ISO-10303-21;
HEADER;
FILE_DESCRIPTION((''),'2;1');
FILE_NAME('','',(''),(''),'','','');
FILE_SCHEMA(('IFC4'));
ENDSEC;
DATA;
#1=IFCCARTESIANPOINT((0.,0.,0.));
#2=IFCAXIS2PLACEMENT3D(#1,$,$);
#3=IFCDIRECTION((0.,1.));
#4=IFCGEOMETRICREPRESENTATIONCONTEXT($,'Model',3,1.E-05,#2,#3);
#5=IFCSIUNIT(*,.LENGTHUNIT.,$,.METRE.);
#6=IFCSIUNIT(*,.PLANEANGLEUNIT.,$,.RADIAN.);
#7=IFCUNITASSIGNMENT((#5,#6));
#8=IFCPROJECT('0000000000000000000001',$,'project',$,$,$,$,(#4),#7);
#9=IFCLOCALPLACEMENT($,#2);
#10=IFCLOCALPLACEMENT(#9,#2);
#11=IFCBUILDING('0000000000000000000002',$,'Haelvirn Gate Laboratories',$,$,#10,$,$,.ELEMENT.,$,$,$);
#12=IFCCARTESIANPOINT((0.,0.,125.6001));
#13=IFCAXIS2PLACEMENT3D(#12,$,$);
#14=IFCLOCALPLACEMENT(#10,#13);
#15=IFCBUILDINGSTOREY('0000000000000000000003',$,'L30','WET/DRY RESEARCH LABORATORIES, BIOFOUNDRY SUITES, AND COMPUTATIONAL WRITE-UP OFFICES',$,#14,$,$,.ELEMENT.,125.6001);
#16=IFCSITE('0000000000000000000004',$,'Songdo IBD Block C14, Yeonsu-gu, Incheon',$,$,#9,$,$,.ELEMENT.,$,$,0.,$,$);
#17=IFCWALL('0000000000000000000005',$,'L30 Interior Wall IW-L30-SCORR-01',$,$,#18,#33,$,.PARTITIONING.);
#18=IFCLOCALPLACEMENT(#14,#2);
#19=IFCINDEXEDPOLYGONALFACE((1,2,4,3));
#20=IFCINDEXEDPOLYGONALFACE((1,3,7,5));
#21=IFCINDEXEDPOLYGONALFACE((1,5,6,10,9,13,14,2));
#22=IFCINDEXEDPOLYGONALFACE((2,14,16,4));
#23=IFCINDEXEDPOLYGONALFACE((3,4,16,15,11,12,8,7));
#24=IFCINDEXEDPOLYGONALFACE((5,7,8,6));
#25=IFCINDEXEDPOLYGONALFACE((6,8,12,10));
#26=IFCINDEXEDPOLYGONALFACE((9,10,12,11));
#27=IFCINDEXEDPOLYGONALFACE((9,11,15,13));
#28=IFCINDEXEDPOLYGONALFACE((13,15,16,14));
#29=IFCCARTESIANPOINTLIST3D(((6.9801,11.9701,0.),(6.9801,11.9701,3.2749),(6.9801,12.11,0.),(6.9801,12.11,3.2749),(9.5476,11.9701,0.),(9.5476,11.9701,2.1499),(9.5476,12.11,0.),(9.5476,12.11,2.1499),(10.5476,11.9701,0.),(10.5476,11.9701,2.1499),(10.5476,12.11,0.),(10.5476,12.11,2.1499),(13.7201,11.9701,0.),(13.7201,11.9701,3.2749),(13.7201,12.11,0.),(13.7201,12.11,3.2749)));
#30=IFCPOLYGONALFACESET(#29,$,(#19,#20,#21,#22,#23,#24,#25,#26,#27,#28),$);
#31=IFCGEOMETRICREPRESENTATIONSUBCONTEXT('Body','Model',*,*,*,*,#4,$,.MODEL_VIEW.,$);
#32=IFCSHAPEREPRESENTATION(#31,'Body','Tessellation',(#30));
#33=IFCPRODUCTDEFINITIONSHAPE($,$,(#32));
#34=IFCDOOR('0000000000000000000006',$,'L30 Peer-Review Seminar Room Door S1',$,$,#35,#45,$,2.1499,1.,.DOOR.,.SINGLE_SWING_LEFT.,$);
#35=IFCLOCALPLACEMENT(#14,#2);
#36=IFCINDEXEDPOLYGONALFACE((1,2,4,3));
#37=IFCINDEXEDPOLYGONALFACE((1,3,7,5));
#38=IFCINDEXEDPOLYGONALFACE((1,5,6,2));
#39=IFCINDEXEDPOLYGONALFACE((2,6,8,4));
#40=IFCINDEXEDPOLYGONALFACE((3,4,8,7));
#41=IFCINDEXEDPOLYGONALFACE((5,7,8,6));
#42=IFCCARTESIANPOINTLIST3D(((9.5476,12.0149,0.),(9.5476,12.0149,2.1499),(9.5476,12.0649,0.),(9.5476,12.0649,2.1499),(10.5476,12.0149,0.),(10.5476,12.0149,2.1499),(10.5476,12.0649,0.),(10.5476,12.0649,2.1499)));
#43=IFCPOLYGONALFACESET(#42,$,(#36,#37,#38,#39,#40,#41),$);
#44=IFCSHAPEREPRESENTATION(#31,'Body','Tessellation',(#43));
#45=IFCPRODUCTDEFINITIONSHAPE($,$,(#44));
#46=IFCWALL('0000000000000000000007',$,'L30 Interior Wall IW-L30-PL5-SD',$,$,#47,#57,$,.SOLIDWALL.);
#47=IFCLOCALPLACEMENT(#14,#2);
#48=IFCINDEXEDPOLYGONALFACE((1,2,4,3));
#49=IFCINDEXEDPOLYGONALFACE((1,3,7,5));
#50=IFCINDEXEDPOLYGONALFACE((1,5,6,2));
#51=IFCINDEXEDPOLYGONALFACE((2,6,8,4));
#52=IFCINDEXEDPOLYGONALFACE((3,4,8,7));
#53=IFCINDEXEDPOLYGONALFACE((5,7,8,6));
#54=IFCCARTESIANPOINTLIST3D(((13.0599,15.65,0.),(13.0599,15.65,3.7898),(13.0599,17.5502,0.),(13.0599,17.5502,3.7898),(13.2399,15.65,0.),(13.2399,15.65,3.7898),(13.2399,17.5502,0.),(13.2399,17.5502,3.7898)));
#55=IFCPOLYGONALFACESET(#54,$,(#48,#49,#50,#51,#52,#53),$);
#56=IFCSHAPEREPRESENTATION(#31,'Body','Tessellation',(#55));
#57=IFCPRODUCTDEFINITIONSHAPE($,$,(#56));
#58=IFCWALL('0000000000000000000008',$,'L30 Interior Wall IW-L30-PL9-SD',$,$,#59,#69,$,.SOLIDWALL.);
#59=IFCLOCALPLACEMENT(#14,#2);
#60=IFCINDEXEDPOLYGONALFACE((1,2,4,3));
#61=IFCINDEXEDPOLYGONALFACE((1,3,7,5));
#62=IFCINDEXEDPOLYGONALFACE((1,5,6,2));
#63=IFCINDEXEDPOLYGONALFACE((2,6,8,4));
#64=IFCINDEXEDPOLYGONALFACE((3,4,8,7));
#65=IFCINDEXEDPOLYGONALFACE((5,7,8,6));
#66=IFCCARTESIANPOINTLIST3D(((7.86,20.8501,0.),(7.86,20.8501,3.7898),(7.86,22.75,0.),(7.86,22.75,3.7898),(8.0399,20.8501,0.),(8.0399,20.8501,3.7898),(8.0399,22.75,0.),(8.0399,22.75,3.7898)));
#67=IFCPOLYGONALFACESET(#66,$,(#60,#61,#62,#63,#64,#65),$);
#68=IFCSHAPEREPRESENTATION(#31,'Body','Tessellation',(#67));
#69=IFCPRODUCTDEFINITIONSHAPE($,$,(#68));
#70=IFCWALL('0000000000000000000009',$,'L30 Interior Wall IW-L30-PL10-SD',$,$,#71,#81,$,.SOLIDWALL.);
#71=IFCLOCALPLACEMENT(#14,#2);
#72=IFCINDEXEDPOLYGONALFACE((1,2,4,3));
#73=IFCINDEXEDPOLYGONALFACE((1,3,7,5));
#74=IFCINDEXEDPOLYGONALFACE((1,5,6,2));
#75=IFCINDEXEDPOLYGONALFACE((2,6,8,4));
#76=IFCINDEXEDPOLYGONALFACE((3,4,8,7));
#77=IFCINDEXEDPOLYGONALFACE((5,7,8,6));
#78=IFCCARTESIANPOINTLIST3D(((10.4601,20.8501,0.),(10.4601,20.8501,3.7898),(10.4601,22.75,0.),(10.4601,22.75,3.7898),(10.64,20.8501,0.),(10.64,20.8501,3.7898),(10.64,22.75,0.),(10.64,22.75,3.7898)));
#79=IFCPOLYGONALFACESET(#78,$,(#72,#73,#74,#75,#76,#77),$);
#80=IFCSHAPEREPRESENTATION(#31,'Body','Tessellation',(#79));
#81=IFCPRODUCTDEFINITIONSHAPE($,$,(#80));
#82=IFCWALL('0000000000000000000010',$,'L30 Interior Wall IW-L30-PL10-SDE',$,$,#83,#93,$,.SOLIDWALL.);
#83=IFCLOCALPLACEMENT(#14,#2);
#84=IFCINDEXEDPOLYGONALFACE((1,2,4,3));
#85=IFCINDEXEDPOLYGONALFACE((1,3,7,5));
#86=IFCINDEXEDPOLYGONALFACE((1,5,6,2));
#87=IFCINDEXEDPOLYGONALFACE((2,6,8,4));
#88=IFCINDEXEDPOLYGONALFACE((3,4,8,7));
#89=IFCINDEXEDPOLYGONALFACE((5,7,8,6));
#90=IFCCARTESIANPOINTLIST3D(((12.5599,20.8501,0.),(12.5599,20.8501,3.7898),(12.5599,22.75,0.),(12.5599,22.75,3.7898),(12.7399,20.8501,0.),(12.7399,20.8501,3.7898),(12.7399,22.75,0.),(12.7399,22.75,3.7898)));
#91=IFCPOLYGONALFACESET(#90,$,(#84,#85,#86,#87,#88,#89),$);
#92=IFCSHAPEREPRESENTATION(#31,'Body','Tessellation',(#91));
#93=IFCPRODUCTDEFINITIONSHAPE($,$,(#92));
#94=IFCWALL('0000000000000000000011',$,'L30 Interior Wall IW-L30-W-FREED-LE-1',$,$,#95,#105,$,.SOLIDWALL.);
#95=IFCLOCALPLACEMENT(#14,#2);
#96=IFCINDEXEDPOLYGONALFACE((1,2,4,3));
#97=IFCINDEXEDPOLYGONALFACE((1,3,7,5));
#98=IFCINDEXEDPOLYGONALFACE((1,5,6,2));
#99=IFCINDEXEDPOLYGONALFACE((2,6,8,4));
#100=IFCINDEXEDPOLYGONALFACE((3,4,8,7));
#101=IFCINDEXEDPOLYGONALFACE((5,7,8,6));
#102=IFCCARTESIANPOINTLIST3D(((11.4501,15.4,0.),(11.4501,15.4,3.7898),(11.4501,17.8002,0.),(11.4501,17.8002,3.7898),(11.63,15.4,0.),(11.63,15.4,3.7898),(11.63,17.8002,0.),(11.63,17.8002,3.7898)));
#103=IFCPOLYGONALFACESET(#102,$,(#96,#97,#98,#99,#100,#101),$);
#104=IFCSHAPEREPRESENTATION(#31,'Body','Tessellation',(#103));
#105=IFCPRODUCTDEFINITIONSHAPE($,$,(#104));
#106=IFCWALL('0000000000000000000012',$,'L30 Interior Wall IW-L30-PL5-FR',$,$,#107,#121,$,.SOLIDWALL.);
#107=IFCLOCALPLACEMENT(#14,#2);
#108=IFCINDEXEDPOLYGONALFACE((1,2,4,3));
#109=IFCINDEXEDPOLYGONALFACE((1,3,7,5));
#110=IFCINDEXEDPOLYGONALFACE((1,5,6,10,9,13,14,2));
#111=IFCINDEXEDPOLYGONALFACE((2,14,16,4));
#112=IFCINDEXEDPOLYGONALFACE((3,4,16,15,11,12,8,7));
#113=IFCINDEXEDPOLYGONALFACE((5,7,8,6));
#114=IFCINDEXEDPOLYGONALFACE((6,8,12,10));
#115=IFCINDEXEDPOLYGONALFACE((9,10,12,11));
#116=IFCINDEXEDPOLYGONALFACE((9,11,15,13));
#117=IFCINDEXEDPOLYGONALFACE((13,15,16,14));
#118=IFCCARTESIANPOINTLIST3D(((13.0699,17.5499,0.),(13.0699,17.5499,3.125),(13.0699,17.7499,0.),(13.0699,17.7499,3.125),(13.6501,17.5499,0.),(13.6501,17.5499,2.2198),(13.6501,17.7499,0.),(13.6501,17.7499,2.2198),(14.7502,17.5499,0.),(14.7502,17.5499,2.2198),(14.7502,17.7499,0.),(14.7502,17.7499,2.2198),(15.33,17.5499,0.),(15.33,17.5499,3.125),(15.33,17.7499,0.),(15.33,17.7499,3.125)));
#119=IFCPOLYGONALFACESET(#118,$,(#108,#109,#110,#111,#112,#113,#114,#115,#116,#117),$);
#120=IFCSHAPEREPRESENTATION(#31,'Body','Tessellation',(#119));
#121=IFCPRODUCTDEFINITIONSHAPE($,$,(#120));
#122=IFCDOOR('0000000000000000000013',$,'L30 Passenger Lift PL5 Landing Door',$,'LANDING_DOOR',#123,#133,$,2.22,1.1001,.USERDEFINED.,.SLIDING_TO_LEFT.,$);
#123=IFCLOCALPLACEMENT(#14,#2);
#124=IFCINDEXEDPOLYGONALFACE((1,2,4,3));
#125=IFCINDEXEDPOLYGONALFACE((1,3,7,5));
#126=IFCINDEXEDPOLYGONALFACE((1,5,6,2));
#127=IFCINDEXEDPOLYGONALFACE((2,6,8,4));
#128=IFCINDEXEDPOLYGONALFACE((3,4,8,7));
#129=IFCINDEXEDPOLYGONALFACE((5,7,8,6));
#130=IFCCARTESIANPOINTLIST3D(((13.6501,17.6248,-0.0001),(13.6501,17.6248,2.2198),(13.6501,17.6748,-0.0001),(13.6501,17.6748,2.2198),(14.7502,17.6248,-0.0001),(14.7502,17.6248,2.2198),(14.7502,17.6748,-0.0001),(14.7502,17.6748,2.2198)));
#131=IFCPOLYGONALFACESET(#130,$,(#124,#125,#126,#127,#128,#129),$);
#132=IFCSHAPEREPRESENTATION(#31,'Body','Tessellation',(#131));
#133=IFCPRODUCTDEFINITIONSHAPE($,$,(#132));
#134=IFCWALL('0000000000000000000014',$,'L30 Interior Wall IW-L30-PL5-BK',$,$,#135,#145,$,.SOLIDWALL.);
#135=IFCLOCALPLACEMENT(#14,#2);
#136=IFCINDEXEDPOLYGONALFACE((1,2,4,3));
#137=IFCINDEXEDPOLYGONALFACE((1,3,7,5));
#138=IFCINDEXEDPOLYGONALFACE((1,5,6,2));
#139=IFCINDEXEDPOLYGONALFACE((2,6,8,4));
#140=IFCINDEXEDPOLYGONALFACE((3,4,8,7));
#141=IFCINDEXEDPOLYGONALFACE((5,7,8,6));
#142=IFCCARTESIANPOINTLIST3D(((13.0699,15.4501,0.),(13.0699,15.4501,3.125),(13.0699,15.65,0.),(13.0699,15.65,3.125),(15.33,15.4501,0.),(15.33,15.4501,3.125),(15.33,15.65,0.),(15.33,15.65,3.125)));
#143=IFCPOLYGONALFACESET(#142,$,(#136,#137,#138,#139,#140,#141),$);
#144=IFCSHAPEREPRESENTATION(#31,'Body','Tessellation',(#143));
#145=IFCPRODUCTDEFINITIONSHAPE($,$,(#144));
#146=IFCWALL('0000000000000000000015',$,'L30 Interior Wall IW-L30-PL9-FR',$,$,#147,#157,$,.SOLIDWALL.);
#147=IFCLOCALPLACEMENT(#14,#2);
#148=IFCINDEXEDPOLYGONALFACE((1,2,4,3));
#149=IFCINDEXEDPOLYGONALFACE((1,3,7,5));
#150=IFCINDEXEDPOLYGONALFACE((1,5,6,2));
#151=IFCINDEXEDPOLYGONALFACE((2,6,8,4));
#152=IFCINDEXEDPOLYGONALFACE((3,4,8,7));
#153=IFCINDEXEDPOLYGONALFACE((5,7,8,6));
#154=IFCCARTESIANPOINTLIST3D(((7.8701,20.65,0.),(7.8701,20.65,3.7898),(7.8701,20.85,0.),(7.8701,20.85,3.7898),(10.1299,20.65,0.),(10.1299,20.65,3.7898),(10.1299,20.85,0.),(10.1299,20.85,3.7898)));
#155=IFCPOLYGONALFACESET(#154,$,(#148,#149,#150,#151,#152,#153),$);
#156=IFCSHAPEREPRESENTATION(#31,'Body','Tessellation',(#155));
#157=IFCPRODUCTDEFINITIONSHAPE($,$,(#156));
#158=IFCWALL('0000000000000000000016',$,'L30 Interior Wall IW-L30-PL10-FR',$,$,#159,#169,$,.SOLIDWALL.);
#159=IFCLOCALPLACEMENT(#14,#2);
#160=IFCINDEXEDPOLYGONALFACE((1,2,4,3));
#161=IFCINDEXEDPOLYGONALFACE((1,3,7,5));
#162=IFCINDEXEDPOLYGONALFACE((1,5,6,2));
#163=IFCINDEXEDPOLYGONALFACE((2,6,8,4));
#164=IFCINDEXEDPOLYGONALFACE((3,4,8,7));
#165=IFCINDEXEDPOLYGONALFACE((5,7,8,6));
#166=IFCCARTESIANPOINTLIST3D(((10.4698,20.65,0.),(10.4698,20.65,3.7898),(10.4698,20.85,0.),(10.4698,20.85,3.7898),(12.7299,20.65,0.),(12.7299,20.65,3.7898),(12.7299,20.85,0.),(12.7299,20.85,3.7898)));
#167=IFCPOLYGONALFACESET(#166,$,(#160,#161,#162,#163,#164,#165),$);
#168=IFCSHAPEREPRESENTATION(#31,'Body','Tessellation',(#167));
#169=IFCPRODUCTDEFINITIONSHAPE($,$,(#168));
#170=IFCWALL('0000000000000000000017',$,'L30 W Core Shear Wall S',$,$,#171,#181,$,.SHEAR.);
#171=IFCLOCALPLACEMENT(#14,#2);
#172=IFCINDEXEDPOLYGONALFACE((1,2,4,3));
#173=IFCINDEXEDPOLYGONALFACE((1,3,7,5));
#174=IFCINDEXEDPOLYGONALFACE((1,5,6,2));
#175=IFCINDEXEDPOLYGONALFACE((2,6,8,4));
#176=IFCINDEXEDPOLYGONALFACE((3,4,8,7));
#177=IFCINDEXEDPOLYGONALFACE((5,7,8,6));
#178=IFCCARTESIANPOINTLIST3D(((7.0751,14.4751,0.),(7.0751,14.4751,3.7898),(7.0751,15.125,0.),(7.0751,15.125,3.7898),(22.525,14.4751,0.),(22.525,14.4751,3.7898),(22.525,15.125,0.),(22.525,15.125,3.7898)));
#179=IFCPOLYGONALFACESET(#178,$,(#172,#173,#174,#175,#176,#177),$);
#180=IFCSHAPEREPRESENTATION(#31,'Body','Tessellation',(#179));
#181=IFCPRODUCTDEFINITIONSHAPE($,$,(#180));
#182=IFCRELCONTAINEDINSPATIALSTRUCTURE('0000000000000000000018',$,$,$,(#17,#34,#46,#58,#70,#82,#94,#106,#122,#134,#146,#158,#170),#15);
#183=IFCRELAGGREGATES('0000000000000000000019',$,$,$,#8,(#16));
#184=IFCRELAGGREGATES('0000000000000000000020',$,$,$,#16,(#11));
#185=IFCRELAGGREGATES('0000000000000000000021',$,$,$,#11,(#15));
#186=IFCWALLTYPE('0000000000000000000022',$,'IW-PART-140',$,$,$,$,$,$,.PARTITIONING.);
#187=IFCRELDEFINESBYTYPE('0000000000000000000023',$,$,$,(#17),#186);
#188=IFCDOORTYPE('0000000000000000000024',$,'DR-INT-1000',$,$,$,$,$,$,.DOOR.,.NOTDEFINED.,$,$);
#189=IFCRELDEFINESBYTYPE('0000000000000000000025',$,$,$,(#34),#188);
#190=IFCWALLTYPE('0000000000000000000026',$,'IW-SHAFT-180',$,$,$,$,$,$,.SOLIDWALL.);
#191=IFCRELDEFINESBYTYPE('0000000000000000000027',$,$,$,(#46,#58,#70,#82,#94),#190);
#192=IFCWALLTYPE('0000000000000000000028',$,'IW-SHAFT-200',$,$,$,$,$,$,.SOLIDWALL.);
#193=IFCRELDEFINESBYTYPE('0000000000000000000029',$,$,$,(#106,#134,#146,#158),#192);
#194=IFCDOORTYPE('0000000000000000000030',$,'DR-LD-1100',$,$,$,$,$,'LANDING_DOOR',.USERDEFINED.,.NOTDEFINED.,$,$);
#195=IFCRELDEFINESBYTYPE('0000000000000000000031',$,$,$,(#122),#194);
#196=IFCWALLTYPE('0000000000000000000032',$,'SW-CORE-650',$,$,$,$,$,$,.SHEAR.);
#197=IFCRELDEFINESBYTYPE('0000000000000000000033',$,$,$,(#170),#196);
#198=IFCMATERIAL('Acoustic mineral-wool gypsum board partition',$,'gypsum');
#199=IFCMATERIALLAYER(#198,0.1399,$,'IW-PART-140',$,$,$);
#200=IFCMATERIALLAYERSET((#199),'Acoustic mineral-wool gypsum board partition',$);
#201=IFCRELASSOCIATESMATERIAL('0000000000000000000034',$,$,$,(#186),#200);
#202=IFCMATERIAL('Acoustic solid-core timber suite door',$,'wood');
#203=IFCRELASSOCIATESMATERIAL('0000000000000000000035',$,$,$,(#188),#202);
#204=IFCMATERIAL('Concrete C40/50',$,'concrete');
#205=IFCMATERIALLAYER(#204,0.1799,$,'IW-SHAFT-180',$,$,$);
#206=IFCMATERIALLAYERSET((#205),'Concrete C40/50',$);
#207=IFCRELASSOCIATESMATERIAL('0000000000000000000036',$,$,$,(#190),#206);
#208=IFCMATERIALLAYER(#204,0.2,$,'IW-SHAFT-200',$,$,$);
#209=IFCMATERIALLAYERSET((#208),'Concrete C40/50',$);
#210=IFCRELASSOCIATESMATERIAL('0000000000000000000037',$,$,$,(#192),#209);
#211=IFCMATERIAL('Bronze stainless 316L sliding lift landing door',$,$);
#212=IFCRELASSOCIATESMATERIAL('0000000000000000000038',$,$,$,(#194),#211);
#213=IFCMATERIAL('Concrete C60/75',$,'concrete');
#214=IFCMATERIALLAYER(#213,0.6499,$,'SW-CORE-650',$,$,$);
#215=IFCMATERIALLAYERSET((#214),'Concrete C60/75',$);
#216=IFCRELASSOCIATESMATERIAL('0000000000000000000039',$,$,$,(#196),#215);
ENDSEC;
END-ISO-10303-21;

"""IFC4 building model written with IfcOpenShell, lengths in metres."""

from ifc_helpers import new_model, si_unit, direction, frame, frame_2d, origin, place, context, subcontext, project, spatial, rectangle, extrude, source, transform, mapped, material, layer, layer_set, type_object, type_shapes, element, fill, save


model = new_model("IFC4")

# Units and contexts
model_context = context("Model", 3, precision=1e-05, world=origin(), true_north=direction((0.0, 1.0)))
body_context = subcontext(model_context, "Body", "Model", "MODEL_VIEW")
ifc_project = project(units=[si_unit("LENGTHUNIT", "METRE"), si_unit("PLANEANGLEUNIT", "RADIAN")], contexts=[model_context])

# Site, building, storey
site_placement = place(None, origin())
site = spatial("IfcSite", under=ifc_project, at=site_placement, Name="Songdo IBD Block C14, Yeonsu-gu, Incheon", CompositionType="ELEMENT", RefElevation=0.0)
building_placement = place(site_placement, origin())
building = spatial("IfcBuilding", under=site, at=building_placement, Name="Haelvirn Gate Laboratories", CompositionType="ELEMENT")
storey_placement = place(building_placement, frame((0.0, 0.0, 125.6001)))
storey = spatial("IfcBuildingStorey", under=building, at=storey_placement, Name="L30", Description="WET/DRY RESEARCH LABORATORIES, BIOFOUNDRY SUITES, AND COMPUTATIONAL WRITE-UP OFFICES", CompositionType="ELEMENT", Elevation=125.6001)

# Shared definitions
ifc_material_1 = material(Name="Concrete C60/75", Category="concrete")

# Wall, opening, door
ifc_material_2 = material(Name="Acoustic mineral-wool gypsum board partition", Category="gypsum")
ifc_layer_1 = layer(ifc_material_2, 0.1399, Name="IW-PART-140")
ifc_layer_set_1 = layer_set([ifc_layer_1], Name="Acoustic mineral-wool gypsum board partition")
wall_type_1 = type_object("IfcWallType", Name="IW-PART-140", PredefinedType="PARTITIONING", material=ifc_layer_set_1)
wall_1_placement = place(storey_placement, frame((6.98, 12.04, 0.0), z_axis=(0.0, 0.0, 1.0), x_axis=(1.0, 0.0, 0.0)))
wall_1 = element("IfcWall", 1, at=wall_1_placement, inside=storey, type_object=wall_type_1, Name="L30 Interior Wall IW-L30-SCORR-01", PredefinedType="PARTITIONING", context=body_context, shape_type="SweptSolid", body=[
    extrude(rectangle(XDim=6.74, YDim=0.1399, at=frame_2d((3.3701, 0.0))), origin(), (0.0, 0.0, 1.0), 3.2749),
])
opening_1_placement = place(wall_1_placement, frame((2.5676, 0.0, 0.0)))
opening_1 = element("IfcOpeningElement", 2, at=opening_1_placement, cuts=wall_1, PredefinedType="OPENING", context=body_context, shape_type="SweptSolid", body=[
    extrude(rectangle(XDim=1.0, YDim=2.1499, at=frame_2d((0.5, 1.075))), frame((0.0, 0.0801, 0.0), z_axis=(0.0, -1.0, 0.0), x_axis=(1.0, 0.0, 0.0)), (0.0, 0.0, 1.0), 0.1599),
])
ifc_material_3 = material(Name="Acoustic solid-core timber suite door", Category="wood")
door_type_1 = type_object("IfcDoorType", Name="DR-INT-1000", OperationType="NOTDEFINED", PredefinedType="DOOR", material=ifc_material_3)
shared_shape_1 = source(origin(), body_context, "Body", "SweptSolid", [
    extrude(rectangle(XDim=1.0, YDim=2.1499, at=frame_2d((0.5, 1.075))), frame((0.0, 0.0249, 0.0), z_axis=(0.0, -1.0, 0.0), x_axis=(1.0, 0.0, 0.0)), (0.0, 0.0, 1.0), 0.05),
])
type_shapes(door_type_1, [shared_shape_1])
door_1_placement = place(opening_1_placement, origin())
door_1 = element("IfcDoor", 3, at=door_1_placement, inside=storey, type_object=door_type_1, Name="L30 Peer-Review Seminar Room Door S1", OperationType="SINGLE_SWING_LEFT", OverallHeight=2.1499, OverallWidth=1.0, PredefinedType="DOOR", context=body_context, shape_type="MappedRepresentation", body=[
    mapped(shared_shape_1, transform((0.0, 0.0, 0.0), scale=1.0)),
])
fill(opening_1, door_1)

# Walls
ifc_material_4 = material(Name="Concrete C40/50", Category="concrete")
ifc_layer_2 = layer(ifc_material_4, 0.1799, Name="IW-SHAFT-180")
ifc_layer_set_2 = layer_set([ifc_layer_2], Name="Concrete C40/50")
wall_type_2 = type_object("IfcWallType", Name="IW-SHAFT-180", PredefinedType="SOLIDWALL", material=ifc_layer_set_2)
wall_2_placement = place(storey_placement, frame((13.1499, 15.6499, 0.0), z_axis=(0.0, 0.0, 1.0), x_axis=(0.0, 1.0, 0.0)))
element("IfcWall", 4, at=wall_2_placement, inside=storey, type_object=wall_type_2, Name="L30 Interior Wall IW-L30-PL5-SD", PredefinedType="SOLIDWALL", context=body_context, shape_type="SweptSolid", body=[
    extrude(rectangle(XDim=1.9001, YDim=0.1799, at=frame_2d((0.9502, 0.0))), origin(), (0.0, 0.0, 1.0), 3.7898),
])
for number, where, z_axis, x_axis, name in (
    (5, (7.95, 20.8501, 0.0), (0.0, 0.0, 1.0), (0.0, 1.0, 0.0), "L30 Interior Wall IW-L30-PL9-SD"),
    (6, (10.55, 20.8501, 0.0), (0.0, 0.0, 1.0), (0.0, 1.0, 0.0), "L30 Interior Wall IW-L30-PL10-SD"),
    (7, (12.6499, 20.8501, 0.0), (0.0, 0.0, 1.0), (0.0, 1.0, 0.0), "L30 Interior Wall IW-L30-PL10-SDE"),
):
    element("IfcWall", number, at=place(storey_placement, frame(where, z_axis=z_axis, x_axis=x_axis)), inside=storey, type_object=wall_type_2, Name=name, PredefinedType="SOLIDWALL", context=body_context, shape_type="SweptSolid", body=[
        extrude(rectangle(XDim=1.8999, YDim=0.1799, at=frame_2d((0.95, 0.0))), origin(), (0.0, 0.0, 1.0), 3.7898),
    ])

# Wall
wall_3_placement = place(storey_placement, frame((11.54, 15.3999, 0.0), z_axis=(0.0, 0.0, 1.0), x_axis=(0.0, 1.0, 0.0)))
element("IfcWall", 8, at=wall_3_placement, inside=storey, type_object=wall_type_2, Name="L30 Interior Wall IW-L30-W-FREED-LE-1", PredefinedType="SOLIDWALL", context=body_context, shape_type="SweptSolid", body=[
    extrude(rectangle(XDim=2.4001, YDim=0.1799, at=frame_2d((1.2002, 0.0))), origin(), (0.0, 0.0, 1.0), 3.7898),
])

# Wall, opening, door
ifc_layer_3 = layer(ifc_material_4, 0.2, Name="IW-SHAFT-200")
ifc_layer_set_3 = layer_set([ifc_layer_3], Name="Concrete C40/50")
wall_type_3 = type_object("IfcWallType", Name="IW-SHAFT-200", PredefinedType="SOLIDWALL", material=ifc_layer_set_3)
wall_4_placement = place(storey_placement, frame((13.0701, 17.6499, 0.0), z_axis=(0.0, 0.0, 1.0), x_axis=(1.0, 0.0, 0.0)))
wall_4 = element("IfcWall", 9, at=wall_4_placement, inside=storey, type_object=wall_type_3, Name="L30 Interior Wall IW-L30-PL5-FR", PredefinedType="SOLIDWALL", context=body_context, shape_type="SweptSolid", body=[
    extrude(rectangle(XDim=2.26, YDim=0.2, at=frame_2d((1.1299, 0.0))), origin(), (0.0, 0.0, 1.0), 3.125),
])
opening_2_placement = place(wall_4_placement, frame((0.5801, 0.0, 0.0)))
opening_2 = element("IfcOpeningElement", 10, at=opening_2_placement, cuts=wall_4, PredefinedType="OPENING", context=body_context, shape_type="SweptSolid", body=[
    extrude(rectangle(XDim=1.1001, YDim=2.22, at=frame_2d((0.55, 1.1099))), frame((0.0, 0.1099, 0.0), z_axis=(0.0, -1.0, 0.0), x_axis=(1.0, 0.0, 0.0)), (0.0, 0.0, 1.0), 0.22),
])
ifc_material_5 = material(Name="Bronze stainless 316L sliding lift landing door")
door_type_2 = type_object("IfcDoorType", Name="DR-LD-1100", ElementType="LANDING_DOOR", OperationType="NOTDEFINED", PredefinedType="USERDEFINED", material=ifc_material_5)
shared_shape_2 = source(origin(), body_context, "Body", "SweptSolid", [
    extrude(rectangle(XDim=1.1001, YDim=2.22, at=frame_2d((0.55, 1.1099))), frame((0.0, 0.0249, 0.0), z_axis=(0.0, -1.0, 0.0), x_axis=(1.0, 0.0, 0.0)), (0.0, 0.0, 1.0), 0.05),
])
type_shapes(door_type_2, [shared_shape_2])
door_2_placement = place(opening_2_placement, origin())
door_2 = element("IfcDoor", 11, at=door_2_placement, inside=storey, type_object=door_type_2, Name="L30 Passenger Lift PL5 Landing Door", ObjectType="LANDING_DOOR", OperationType="SLIDING_TO_LEFT", OverallHeight=2.22, OverallWidth=1.1001, PredefinedType="USERDEFINED", context=body_context, shape_type="MappedRepresentation", body=[
    mapped(shared_shape_2, transform((0.0, 0.0, 0.0), scale=1.0)),
])
fill(opening_2, door_2)

# Walls
wall_5_placement = place(storey_placement, frame((13.0701, 15.55, 0.0), z_axis=(0.0, 0.0, 1.0), x_axis=(1.0, 0.0, 0.0)))
element("IfcWall", 12, at=wall_5_placement, inside=storey, type_object=wall_type_3, Name="L30 Interior Wall IW-L30-PL5-BK", PredefinedType="SOLIDWALL", context=body_context, shape_type="SweptSolid", body=[
    extrude(rectangle(XDim=2.26, YDim=0.2, at=frame_2d((1.1299, 0.0))), origin(), (0.0, 0.0, 1.0), 3.125),
])
wall_6_placement = place(storey_placement, frame((7.8701, 20.75, 0.0), z_axis=(0.0, 0.0, 1.0), x_axis=(1.0, 0.0, 0.0)))
element("IfcWall", 13, at=wall_6_placement, inside=storey, type_object=wall_type_3, Name="L30 Interior Wall IW-L30-PL9-FR", PredefinedType="SOLIDWALL", context=body_context, shape_type="SweptSolid", body=[
    extrude(rectangle(XDim=2.2598, YDim=0.2, at=frame_2d((1.1299, 0.0))), origin(), (0.0, 0.0, 1.0), 3.7898),
])
wall_7_placement = place(storey_placement, frame((10.47, 20.75, 0.0), z_axis=(0.0, 0.0, 1.0), x_axis=(1.0, 0.0, 0.0)))
element("IfcWall", 14, at=wall_7_placement, inside=storey, type_object=wall_type_3, Name="L30 Interior Wall IW-L30-PL10-FR", PredefinedType="SOLIDWALL", context=body_context, shape_type="SweptSolid", body=[
    extrude(rectangle(XDim=2.26, YDim=0.2, at=frame_2d((1.1299, 0.0))), origin(), (0.0, 0.0, 1.0), 3.7898),
])
ifc_layer_4 = layer(ifc_material_1, 0.6499, Name="SW-CORE-650")
ifc_layer_set_4 = layer_set([ifc_layer_4], Name="Concrete C60/75")
wall_type_4 = type_object("IfcWallType", Name="SW-CORE-650", PredefinedType="SHEAR", material=ifc_layer_set_4)
wall_8_placement = place(storey_placement, frame((7.075, 14.8, 0.0), z_axis=(0.0, 0.0, 1.0), x_axis=(1.0, 0.0, 0.0)))
element("IfcWall", 15, at=wall_8_placement, inside=storey, type_object=wall_type_4, Name="L30 W Core Shear Wall S", PredefinedType="SHEAR", context=body_context, shape_type="SweptSolid", body=[
    extrude(rectangle(XDim=15.45, YDim=0.6499, at=frame_2d((7.7251, 0.0))), origin(), (0.0, 0.0, 1.0), 3.7898),
])

save(model, "model.ifc")
